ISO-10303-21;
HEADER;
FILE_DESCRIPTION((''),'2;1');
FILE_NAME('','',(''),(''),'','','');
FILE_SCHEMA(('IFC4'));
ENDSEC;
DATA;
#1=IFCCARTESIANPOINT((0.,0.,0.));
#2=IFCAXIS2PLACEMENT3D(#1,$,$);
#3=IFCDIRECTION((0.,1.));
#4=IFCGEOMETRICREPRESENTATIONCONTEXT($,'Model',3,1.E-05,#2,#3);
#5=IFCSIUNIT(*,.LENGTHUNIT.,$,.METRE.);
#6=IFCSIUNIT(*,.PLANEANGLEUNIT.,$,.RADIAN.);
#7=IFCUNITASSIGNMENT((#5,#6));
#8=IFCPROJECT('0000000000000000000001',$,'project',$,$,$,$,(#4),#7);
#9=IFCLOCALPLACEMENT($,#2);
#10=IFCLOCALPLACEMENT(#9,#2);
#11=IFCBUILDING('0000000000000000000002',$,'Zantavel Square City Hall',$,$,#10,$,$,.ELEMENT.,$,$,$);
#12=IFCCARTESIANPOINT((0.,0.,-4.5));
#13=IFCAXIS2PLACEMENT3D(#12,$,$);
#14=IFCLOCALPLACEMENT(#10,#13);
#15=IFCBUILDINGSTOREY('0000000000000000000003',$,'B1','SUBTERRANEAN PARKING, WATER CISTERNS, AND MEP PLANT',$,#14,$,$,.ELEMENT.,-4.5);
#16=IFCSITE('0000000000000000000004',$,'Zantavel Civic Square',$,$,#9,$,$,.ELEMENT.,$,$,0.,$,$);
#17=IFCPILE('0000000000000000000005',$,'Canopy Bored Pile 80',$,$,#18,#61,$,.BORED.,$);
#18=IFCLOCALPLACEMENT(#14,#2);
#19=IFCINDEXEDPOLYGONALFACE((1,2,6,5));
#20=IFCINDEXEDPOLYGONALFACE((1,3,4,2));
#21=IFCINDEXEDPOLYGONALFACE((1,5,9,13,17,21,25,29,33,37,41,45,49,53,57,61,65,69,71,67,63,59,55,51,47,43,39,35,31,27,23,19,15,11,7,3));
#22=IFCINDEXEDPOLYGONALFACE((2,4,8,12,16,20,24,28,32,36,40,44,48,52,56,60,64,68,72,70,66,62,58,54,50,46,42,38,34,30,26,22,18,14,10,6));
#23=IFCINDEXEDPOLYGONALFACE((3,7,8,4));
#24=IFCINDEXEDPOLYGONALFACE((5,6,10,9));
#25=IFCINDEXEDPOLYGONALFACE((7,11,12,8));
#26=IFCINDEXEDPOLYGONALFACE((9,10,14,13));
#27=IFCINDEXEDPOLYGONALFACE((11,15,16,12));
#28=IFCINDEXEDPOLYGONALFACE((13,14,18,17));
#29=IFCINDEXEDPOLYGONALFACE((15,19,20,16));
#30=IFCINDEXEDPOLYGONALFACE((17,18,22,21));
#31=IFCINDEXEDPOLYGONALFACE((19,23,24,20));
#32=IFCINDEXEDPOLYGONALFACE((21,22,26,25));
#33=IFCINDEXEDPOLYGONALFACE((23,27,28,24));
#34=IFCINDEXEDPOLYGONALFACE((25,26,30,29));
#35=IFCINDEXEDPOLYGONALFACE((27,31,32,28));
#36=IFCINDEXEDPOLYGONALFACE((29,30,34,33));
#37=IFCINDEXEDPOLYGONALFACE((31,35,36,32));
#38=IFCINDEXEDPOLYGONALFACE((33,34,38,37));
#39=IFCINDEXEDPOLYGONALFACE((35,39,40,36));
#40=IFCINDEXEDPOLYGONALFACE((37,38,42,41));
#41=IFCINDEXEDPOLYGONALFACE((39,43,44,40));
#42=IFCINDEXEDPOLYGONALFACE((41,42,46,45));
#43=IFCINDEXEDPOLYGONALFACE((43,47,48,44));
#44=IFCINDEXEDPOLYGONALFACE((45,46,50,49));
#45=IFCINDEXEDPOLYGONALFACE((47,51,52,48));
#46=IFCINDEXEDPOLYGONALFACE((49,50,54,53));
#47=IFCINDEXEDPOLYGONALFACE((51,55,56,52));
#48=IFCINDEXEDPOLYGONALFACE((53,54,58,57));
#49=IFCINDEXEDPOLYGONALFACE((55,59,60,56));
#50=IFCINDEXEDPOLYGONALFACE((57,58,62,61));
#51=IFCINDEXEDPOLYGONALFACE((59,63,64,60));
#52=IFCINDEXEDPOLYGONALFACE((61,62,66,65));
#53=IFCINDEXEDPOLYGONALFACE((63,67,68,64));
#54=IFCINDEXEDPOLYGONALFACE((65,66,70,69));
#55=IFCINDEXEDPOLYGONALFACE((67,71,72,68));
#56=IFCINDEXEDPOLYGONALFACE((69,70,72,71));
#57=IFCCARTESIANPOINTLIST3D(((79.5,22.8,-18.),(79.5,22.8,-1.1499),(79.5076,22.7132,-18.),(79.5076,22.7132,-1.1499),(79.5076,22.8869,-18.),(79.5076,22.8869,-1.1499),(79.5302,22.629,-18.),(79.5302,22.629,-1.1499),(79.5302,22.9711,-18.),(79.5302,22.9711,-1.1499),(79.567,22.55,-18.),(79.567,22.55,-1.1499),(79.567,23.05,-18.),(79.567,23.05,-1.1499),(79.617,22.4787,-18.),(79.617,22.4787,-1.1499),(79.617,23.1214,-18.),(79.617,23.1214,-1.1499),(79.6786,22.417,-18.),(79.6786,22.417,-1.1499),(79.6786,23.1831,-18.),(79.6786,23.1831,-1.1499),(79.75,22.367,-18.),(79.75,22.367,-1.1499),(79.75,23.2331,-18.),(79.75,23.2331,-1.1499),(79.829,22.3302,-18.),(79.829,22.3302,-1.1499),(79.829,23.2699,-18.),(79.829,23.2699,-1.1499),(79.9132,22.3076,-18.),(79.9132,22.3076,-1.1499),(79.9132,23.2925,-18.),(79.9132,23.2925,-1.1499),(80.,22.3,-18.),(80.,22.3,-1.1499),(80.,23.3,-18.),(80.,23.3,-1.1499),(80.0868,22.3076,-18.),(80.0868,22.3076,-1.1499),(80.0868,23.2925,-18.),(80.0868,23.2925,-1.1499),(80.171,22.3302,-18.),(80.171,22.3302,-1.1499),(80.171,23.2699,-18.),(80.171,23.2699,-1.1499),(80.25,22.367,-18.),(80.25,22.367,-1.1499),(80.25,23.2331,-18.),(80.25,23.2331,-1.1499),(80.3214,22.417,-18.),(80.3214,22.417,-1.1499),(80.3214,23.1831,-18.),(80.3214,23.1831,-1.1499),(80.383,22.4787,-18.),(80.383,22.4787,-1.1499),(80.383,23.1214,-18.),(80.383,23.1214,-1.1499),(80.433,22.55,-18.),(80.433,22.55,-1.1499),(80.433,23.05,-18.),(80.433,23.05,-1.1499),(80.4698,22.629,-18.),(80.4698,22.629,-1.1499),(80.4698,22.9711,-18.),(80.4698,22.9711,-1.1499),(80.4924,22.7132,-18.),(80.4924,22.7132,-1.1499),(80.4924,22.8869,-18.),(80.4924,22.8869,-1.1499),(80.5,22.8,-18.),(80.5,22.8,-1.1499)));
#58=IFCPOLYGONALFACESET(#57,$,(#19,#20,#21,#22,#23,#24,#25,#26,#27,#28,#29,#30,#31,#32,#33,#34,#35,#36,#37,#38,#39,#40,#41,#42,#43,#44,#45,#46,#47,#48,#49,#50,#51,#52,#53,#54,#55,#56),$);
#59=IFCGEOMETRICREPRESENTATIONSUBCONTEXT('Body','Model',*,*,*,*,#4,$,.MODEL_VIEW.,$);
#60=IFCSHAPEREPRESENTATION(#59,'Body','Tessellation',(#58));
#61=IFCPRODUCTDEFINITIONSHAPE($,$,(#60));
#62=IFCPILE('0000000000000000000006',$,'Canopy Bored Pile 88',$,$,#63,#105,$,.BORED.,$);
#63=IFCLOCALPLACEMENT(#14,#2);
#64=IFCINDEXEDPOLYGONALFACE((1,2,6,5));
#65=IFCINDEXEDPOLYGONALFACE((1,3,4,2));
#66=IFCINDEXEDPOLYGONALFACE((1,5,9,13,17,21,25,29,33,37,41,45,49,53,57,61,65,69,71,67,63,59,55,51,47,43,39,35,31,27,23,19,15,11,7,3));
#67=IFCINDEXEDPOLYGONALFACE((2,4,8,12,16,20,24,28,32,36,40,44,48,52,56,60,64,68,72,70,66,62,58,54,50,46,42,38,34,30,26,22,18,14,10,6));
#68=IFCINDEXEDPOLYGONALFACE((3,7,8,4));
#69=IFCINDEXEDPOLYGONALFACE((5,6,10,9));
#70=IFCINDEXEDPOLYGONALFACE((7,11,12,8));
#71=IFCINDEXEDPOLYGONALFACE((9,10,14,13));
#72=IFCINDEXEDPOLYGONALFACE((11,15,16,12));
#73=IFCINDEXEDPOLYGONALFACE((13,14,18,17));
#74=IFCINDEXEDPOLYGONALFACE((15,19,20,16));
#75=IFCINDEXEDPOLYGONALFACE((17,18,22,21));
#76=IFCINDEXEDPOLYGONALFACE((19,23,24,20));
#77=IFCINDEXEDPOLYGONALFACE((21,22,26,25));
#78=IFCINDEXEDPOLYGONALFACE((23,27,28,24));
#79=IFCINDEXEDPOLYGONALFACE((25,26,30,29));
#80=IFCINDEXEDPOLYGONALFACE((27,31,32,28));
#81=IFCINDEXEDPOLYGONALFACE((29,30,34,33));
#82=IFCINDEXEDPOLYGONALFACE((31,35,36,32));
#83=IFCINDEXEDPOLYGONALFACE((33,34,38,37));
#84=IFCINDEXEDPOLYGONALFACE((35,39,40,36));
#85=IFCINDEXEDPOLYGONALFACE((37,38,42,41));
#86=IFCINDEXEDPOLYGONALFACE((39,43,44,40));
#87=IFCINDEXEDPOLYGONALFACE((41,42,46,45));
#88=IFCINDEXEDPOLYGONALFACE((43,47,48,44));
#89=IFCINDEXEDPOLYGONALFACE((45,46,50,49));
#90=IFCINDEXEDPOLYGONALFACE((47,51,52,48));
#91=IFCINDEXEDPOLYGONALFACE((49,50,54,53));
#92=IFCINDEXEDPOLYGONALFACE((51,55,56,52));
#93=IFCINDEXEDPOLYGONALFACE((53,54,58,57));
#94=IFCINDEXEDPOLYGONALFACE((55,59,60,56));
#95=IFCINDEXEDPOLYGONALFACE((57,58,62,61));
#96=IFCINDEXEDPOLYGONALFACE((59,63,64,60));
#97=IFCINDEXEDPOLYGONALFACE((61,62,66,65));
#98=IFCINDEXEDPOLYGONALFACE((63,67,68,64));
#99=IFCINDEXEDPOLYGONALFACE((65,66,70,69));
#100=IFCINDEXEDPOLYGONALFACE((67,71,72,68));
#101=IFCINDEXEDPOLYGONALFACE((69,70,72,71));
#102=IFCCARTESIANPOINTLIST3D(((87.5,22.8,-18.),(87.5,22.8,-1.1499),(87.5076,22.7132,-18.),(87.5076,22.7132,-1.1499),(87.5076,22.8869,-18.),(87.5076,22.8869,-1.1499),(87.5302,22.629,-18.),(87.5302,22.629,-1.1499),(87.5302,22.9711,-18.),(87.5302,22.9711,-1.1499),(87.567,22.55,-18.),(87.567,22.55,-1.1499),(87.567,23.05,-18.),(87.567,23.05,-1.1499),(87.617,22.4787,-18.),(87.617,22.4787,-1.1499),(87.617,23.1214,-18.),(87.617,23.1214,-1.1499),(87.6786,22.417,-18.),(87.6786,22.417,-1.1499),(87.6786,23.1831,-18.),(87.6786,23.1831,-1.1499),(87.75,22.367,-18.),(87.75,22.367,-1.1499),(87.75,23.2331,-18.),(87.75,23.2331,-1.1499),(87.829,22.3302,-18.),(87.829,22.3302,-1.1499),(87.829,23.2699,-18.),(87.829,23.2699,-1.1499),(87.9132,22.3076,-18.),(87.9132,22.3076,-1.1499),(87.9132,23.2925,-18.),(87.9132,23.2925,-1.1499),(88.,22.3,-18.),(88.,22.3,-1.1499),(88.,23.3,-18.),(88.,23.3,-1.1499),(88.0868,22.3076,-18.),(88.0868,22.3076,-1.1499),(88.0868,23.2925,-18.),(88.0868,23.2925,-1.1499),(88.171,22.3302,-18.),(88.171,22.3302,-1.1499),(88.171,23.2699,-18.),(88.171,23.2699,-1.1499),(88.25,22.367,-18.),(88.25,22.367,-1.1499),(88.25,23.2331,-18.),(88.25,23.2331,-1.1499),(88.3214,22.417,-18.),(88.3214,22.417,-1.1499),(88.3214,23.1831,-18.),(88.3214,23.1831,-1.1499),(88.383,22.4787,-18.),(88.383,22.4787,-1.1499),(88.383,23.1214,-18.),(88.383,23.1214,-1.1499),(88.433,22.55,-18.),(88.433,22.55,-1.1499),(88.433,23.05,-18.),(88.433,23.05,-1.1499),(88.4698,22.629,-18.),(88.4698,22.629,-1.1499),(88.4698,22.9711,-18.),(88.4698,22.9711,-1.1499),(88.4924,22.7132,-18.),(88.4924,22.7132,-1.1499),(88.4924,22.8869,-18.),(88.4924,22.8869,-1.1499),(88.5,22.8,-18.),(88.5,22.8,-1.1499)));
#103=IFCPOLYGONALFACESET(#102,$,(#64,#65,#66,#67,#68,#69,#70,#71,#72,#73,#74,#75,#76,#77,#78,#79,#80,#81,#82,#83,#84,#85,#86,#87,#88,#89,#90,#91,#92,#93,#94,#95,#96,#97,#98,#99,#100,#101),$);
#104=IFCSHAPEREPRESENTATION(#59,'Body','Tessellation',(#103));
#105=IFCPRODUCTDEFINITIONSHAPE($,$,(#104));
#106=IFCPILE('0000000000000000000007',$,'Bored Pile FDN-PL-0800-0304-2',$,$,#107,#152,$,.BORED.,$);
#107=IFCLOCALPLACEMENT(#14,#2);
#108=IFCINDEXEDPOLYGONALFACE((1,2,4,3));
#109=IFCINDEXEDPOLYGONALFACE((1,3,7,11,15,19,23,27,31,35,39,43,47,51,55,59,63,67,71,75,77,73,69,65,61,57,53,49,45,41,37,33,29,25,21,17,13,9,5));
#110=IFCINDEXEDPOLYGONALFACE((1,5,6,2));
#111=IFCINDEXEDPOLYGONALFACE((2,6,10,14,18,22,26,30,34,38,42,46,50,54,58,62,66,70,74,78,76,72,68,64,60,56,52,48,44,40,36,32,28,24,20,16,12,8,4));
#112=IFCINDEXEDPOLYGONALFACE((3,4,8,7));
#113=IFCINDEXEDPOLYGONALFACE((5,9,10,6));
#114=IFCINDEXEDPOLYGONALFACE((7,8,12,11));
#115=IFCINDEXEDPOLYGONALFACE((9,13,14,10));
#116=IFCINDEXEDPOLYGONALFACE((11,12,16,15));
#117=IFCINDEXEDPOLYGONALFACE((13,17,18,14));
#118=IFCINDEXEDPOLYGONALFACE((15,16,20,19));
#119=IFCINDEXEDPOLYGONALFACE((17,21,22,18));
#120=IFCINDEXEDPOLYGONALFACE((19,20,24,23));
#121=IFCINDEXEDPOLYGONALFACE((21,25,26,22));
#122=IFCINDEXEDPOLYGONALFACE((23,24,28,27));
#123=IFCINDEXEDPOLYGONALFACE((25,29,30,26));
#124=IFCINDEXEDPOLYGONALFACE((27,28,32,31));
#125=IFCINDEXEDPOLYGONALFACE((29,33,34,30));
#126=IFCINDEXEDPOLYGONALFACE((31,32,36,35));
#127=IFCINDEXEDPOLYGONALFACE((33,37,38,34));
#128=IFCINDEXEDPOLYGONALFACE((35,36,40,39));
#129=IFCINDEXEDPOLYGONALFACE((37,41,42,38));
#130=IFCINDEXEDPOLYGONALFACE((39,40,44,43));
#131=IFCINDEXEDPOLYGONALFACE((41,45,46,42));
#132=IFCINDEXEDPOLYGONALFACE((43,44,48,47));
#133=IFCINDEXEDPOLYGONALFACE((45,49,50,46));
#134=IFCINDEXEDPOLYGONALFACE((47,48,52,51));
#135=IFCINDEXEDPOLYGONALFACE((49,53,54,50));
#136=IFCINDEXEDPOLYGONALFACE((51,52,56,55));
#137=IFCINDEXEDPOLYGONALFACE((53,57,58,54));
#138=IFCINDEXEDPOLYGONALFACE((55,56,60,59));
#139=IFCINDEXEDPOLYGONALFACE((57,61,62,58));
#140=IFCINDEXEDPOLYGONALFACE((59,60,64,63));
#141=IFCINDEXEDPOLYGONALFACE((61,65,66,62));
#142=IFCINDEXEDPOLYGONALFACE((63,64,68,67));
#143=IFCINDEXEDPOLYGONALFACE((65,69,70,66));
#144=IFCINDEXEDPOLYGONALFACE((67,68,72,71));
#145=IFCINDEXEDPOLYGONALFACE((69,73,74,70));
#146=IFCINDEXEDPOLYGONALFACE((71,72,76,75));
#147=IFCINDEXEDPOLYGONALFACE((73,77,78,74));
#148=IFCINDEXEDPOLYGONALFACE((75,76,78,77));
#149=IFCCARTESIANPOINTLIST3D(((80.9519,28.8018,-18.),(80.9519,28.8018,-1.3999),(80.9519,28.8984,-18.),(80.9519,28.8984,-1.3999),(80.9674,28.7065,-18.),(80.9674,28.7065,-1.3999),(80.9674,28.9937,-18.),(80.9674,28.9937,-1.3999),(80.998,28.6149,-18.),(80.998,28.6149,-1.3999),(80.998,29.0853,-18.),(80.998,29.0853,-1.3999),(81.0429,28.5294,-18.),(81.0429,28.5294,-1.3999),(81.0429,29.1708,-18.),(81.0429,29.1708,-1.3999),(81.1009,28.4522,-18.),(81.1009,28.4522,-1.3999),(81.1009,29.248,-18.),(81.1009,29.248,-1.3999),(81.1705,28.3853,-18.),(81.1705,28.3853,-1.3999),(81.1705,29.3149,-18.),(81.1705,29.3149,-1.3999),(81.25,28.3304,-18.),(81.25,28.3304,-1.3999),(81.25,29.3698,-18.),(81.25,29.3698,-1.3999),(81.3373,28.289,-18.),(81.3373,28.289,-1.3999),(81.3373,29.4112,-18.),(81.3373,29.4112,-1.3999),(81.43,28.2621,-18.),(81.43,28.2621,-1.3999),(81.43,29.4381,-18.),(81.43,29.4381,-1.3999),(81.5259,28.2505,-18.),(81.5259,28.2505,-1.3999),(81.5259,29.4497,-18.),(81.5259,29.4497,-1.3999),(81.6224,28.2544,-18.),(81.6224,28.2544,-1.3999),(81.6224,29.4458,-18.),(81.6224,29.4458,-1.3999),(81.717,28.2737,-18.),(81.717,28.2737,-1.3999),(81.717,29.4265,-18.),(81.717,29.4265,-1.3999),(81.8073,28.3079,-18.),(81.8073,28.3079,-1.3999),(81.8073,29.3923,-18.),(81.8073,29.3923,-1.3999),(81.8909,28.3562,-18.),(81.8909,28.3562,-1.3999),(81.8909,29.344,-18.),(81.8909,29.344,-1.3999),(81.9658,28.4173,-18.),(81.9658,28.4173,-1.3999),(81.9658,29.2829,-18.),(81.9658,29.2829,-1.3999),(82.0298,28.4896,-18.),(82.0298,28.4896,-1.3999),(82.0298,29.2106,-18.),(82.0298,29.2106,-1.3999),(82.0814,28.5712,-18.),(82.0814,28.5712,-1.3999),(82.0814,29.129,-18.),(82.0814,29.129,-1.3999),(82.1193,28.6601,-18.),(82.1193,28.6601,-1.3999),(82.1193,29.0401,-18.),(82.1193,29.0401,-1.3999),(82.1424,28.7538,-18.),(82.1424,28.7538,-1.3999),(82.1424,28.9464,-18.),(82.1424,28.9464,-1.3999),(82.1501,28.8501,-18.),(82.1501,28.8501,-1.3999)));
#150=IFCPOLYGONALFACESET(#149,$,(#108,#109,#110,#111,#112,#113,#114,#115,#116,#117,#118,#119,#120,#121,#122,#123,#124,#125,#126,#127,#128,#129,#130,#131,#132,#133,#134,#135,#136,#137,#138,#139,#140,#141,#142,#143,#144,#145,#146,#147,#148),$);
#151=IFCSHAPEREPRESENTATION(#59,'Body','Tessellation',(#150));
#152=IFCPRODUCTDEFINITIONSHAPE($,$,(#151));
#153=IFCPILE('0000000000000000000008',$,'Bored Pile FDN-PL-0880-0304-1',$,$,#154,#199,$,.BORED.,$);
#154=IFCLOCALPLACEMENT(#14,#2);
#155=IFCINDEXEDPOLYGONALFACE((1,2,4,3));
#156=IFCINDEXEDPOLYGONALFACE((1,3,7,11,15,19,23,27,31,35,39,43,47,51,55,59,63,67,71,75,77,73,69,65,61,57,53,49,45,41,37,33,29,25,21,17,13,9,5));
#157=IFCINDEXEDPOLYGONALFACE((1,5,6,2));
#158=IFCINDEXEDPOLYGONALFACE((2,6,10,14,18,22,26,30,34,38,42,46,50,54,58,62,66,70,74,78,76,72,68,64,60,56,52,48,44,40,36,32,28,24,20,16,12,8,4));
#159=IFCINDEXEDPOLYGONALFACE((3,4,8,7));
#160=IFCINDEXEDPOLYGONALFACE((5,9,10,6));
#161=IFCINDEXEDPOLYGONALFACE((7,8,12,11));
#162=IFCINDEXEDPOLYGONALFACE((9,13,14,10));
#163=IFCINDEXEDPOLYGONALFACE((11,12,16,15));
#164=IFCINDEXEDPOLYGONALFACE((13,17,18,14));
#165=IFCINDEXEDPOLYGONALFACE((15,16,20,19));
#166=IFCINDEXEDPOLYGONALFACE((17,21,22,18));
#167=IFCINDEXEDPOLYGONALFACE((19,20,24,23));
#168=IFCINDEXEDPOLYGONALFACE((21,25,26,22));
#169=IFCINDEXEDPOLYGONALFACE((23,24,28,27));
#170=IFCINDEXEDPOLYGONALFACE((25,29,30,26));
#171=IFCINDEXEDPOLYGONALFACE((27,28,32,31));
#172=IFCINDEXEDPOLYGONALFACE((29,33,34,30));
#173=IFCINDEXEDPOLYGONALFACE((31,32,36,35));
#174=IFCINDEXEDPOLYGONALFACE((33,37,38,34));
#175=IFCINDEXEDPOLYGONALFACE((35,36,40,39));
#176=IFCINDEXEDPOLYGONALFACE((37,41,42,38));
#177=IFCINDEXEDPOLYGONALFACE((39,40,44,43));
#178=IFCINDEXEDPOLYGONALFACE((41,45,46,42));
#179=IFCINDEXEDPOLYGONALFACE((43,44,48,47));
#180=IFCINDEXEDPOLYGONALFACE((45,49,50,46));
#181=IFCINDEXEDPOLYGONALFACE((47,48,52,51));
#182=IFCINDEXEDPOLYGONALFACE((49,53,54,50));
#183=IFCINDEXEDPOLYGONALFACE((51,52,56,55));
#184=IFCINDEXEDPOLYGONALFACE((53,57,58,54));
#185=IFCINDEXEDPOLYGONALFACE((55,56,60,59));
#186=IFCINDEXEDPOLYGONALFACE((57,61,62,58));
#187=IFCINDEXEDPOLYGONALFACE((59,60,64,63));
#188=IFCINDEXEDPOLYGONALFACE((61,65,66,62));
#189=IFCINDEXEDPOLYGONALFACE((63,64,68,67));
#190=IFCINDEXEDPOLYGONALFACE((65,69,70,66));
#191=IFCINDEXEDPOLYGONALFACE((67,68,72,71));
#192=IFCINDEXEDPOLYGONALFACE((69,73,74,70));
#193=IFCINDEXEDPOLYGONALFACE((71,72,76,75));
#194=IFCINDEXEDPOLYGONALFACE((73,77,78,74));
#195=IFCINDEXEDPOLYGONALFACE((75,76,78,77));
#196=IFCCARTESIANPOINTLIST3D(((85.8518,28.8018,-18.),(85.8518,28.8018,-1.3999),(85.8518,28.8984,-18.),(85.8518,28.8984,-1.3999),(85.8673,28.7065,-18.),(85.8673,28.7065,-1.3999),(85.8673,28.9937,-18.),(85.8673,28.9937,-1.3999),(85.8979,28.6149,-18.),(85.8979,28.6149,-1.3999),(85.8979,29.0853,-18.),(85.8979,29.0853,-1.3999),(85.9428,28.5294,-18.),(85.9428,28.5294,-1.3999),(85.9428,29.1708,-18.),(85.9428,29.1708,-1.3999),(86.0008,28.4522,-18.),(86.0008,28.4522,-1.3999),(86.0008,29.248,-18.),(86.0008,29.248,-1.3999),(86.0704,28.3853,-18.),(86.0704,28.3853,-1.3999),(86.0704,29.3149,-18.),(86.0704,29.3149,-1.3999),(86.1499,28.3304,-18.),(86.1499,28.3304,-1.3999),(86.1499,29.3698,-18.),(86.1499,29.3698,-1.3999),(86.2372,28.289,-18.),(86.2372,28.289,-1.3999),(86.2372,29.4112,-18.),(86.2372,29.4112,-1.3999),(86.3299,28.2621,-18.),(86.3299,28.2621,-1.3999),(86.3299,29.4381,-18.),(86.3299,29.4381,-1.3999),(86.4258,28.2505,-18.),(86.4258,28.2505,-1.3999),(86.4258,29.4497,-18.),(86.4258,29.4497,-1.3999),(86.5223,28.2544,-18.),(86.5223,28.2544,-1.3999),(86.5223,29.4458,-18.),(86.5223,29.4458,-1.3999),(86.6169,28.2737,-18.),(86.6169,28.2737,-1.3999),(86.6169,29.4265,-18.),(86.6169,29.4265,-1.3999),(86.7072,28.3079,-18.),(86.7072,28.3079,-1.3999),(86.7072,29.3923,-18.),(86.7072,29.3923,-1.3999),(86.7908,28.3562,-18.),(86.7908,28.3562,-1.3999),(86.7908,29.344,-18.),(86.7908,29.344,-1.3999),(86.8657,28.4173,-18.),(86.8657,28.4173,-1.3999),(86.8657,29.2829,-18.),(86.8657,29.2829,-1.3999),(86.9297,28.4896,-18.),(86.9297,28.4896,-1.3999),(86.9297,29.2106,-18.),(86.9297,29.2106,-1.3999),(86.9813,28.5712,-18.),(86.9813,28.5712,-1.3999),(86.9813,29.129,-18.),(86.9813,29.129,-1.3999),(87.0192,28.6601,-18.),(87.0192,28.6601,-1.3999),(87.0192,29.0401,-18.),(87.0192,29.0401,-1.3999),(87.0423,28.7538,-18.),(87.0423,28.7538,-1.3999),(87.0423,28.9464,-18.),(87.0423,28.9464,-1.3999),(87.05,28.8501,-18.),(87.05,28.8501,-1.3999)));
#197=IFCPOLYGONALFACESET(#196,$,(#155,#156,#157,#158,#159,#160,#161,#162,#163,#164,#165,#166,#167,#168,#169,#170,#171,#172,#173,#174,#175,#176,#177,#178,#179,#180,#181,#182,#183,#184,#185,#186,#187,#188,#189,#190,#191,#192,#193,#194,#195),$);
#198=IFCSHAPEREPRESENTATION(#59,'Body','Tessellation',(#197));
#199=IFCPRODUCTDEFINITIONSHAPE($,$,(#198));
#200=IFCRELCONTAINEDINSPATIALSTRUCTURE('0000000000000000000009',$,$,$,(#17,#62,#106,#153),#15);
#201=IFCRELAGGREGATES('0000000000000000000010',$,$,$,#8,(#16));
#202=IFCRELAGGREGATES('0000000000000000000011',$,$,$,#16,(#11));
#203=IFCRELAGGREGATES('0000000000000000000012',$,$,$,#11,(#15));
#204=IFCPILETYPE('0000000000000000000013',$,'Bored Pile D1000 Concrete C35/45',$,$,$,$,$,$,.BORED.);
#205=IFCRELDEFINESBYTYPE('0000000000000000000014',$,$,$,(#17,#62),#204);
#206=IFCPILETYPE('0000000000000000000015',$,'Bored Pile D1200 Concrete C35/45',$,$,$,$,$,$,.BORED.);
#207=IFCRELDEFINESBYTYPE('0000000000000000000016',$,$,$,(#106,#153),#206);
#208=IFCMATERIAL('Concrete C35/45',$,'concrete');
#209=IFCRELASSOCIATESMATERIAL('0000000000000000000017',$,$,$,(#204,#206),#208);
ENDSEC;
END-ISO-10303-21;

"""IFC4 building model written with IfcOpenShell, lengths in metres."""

from ifc_helpers import new_model, si_unit, direction, frame, origin, origin_2d, place, context, subcontext, project, spatial, circle, extrude, material, material_profile, profile_set, type_object, element, save


model = new_model("IFC4")

# Units and contexts
model_context = context("Model", 3, precision=1e-05, world=origin(), true_north=direction((0.0, 1.0)))
body_context = subcontext(model_context, "Body", "Model", "MODEL_VIEW")
ifc_project = project(units=[si_unit("LENGTHUNIT", "METRE"), si_unit("PLANEANGLEUNIT", "RADIAN")], contexts=[model_context])

# Site, building, storey
site_placement = place(None, origin())
site = spatial("IfcSite", under=ifc_project, at=site_placement, Name="Zantavel Civic Square", CompositionType="ELEMENT", RefElevation=0.0)
building_placement = place(site_placement, origin())
building = spatial("IfcBuilding", under=site, at=building_placement, Name="Zantavel Square City Hall", CompositionType="ELEMENT")
storey_placement = place(building_placement, frame((0.0, 0.0, -4.5)))
storey = spatial("IfcBuildingStorey", under=building, at=storey_placement, Name="B1", Description="SUBTERRANEAN PARKING, WATER CISTERNS, AND MEP PLANT", CompositionType="ELEMENT", Elevation=-4.5)

# Piles
ifc_material_1 = material(Name="Concrete C35/45", Category="concrete")
ifc_material_profile_1 = material_profile(ifc_material_1, circle(Radius=0.5, at=origin_2d()), Name="PILE D1000")
ifc_profile_set_1 = profile_set([ifc_material_profile_1], Name="Concrete C35/45")
pile_type_1 = type_object("IfcPileType", Name="Bored Pile D1000 Concrete C35/45", PredefinedType="BORED", material=ifc_profile_set_1)
for number, where, z_axis, x_axis, name in (
    (1, (80.0, 22.8, -1.1499), (0.0, 0.0, -1.0), (1.0, 0.0, 0.0), "Canopy Bored Pile 80"),
    (2, (88.0, 22.8, -1.1499), (0.0, 0.0, -1.0), (1.0, 0.0, 0.0), "Canopy Bored Pile 88"),
):
    element("IfcPile", number, at=place(storey_placement, frame(where, z_axis=z_axis, x_axis=x_axis)), inside=storey, type_object=pile_type_1, Name=name, PredefinedType="BORED", context=body_context, shape_type="SweptSolid", body=[
        extrude(circle(Radius=0.5, at=origin_2d()), origin(), (0.0, 0.0, 1.0), 16.8501),
    ])
ifc_material_profile_2 = material_profile(ifc_material_1, circle(Radius=0.6001, at=origin_2d()), Name="PILE D1200")
ifc_profile_set_2 = profile_set([ifc_material_profile_2], Name="Concrete C35/45")
pile_type_2 = type_object("IfcPileType", Name="Bored Pile D1200 Concrete C35/45", PredefinedType="BORED", material=ifc_profile_set_2)
for number, where, z_axis, x_axis, name in (
    (3, (81.55, 28.8501, -1.3999), (0.0, 0.0, -1.0), (1.0, 0.0, 0.0), "Bored Pile FDN-PL-0800-0304-2"),
    (4, (86.45, 28.8501, -1.3999), (0.0, 0.0, -1.0), (1.0, 0.0, 0.0), "Bored Pile FDN-PL-0880-0304-1"),
):
    element("IfcPile", number, at=place(storey_placement, frame(where, z_axis=z_axis, x_axis=x_axis)), inside=storey, type_object=pile_type_2, Name=name, PredefinedType="BORED", context=body_context, shape_type="SweptSolid", body=[
        extrude(circle(Radius=0.6001, at=origin_2d()), origin(), (0.0, 0.0, 1.0), 16.6001),
    ])

save(model, "model.ifc")
